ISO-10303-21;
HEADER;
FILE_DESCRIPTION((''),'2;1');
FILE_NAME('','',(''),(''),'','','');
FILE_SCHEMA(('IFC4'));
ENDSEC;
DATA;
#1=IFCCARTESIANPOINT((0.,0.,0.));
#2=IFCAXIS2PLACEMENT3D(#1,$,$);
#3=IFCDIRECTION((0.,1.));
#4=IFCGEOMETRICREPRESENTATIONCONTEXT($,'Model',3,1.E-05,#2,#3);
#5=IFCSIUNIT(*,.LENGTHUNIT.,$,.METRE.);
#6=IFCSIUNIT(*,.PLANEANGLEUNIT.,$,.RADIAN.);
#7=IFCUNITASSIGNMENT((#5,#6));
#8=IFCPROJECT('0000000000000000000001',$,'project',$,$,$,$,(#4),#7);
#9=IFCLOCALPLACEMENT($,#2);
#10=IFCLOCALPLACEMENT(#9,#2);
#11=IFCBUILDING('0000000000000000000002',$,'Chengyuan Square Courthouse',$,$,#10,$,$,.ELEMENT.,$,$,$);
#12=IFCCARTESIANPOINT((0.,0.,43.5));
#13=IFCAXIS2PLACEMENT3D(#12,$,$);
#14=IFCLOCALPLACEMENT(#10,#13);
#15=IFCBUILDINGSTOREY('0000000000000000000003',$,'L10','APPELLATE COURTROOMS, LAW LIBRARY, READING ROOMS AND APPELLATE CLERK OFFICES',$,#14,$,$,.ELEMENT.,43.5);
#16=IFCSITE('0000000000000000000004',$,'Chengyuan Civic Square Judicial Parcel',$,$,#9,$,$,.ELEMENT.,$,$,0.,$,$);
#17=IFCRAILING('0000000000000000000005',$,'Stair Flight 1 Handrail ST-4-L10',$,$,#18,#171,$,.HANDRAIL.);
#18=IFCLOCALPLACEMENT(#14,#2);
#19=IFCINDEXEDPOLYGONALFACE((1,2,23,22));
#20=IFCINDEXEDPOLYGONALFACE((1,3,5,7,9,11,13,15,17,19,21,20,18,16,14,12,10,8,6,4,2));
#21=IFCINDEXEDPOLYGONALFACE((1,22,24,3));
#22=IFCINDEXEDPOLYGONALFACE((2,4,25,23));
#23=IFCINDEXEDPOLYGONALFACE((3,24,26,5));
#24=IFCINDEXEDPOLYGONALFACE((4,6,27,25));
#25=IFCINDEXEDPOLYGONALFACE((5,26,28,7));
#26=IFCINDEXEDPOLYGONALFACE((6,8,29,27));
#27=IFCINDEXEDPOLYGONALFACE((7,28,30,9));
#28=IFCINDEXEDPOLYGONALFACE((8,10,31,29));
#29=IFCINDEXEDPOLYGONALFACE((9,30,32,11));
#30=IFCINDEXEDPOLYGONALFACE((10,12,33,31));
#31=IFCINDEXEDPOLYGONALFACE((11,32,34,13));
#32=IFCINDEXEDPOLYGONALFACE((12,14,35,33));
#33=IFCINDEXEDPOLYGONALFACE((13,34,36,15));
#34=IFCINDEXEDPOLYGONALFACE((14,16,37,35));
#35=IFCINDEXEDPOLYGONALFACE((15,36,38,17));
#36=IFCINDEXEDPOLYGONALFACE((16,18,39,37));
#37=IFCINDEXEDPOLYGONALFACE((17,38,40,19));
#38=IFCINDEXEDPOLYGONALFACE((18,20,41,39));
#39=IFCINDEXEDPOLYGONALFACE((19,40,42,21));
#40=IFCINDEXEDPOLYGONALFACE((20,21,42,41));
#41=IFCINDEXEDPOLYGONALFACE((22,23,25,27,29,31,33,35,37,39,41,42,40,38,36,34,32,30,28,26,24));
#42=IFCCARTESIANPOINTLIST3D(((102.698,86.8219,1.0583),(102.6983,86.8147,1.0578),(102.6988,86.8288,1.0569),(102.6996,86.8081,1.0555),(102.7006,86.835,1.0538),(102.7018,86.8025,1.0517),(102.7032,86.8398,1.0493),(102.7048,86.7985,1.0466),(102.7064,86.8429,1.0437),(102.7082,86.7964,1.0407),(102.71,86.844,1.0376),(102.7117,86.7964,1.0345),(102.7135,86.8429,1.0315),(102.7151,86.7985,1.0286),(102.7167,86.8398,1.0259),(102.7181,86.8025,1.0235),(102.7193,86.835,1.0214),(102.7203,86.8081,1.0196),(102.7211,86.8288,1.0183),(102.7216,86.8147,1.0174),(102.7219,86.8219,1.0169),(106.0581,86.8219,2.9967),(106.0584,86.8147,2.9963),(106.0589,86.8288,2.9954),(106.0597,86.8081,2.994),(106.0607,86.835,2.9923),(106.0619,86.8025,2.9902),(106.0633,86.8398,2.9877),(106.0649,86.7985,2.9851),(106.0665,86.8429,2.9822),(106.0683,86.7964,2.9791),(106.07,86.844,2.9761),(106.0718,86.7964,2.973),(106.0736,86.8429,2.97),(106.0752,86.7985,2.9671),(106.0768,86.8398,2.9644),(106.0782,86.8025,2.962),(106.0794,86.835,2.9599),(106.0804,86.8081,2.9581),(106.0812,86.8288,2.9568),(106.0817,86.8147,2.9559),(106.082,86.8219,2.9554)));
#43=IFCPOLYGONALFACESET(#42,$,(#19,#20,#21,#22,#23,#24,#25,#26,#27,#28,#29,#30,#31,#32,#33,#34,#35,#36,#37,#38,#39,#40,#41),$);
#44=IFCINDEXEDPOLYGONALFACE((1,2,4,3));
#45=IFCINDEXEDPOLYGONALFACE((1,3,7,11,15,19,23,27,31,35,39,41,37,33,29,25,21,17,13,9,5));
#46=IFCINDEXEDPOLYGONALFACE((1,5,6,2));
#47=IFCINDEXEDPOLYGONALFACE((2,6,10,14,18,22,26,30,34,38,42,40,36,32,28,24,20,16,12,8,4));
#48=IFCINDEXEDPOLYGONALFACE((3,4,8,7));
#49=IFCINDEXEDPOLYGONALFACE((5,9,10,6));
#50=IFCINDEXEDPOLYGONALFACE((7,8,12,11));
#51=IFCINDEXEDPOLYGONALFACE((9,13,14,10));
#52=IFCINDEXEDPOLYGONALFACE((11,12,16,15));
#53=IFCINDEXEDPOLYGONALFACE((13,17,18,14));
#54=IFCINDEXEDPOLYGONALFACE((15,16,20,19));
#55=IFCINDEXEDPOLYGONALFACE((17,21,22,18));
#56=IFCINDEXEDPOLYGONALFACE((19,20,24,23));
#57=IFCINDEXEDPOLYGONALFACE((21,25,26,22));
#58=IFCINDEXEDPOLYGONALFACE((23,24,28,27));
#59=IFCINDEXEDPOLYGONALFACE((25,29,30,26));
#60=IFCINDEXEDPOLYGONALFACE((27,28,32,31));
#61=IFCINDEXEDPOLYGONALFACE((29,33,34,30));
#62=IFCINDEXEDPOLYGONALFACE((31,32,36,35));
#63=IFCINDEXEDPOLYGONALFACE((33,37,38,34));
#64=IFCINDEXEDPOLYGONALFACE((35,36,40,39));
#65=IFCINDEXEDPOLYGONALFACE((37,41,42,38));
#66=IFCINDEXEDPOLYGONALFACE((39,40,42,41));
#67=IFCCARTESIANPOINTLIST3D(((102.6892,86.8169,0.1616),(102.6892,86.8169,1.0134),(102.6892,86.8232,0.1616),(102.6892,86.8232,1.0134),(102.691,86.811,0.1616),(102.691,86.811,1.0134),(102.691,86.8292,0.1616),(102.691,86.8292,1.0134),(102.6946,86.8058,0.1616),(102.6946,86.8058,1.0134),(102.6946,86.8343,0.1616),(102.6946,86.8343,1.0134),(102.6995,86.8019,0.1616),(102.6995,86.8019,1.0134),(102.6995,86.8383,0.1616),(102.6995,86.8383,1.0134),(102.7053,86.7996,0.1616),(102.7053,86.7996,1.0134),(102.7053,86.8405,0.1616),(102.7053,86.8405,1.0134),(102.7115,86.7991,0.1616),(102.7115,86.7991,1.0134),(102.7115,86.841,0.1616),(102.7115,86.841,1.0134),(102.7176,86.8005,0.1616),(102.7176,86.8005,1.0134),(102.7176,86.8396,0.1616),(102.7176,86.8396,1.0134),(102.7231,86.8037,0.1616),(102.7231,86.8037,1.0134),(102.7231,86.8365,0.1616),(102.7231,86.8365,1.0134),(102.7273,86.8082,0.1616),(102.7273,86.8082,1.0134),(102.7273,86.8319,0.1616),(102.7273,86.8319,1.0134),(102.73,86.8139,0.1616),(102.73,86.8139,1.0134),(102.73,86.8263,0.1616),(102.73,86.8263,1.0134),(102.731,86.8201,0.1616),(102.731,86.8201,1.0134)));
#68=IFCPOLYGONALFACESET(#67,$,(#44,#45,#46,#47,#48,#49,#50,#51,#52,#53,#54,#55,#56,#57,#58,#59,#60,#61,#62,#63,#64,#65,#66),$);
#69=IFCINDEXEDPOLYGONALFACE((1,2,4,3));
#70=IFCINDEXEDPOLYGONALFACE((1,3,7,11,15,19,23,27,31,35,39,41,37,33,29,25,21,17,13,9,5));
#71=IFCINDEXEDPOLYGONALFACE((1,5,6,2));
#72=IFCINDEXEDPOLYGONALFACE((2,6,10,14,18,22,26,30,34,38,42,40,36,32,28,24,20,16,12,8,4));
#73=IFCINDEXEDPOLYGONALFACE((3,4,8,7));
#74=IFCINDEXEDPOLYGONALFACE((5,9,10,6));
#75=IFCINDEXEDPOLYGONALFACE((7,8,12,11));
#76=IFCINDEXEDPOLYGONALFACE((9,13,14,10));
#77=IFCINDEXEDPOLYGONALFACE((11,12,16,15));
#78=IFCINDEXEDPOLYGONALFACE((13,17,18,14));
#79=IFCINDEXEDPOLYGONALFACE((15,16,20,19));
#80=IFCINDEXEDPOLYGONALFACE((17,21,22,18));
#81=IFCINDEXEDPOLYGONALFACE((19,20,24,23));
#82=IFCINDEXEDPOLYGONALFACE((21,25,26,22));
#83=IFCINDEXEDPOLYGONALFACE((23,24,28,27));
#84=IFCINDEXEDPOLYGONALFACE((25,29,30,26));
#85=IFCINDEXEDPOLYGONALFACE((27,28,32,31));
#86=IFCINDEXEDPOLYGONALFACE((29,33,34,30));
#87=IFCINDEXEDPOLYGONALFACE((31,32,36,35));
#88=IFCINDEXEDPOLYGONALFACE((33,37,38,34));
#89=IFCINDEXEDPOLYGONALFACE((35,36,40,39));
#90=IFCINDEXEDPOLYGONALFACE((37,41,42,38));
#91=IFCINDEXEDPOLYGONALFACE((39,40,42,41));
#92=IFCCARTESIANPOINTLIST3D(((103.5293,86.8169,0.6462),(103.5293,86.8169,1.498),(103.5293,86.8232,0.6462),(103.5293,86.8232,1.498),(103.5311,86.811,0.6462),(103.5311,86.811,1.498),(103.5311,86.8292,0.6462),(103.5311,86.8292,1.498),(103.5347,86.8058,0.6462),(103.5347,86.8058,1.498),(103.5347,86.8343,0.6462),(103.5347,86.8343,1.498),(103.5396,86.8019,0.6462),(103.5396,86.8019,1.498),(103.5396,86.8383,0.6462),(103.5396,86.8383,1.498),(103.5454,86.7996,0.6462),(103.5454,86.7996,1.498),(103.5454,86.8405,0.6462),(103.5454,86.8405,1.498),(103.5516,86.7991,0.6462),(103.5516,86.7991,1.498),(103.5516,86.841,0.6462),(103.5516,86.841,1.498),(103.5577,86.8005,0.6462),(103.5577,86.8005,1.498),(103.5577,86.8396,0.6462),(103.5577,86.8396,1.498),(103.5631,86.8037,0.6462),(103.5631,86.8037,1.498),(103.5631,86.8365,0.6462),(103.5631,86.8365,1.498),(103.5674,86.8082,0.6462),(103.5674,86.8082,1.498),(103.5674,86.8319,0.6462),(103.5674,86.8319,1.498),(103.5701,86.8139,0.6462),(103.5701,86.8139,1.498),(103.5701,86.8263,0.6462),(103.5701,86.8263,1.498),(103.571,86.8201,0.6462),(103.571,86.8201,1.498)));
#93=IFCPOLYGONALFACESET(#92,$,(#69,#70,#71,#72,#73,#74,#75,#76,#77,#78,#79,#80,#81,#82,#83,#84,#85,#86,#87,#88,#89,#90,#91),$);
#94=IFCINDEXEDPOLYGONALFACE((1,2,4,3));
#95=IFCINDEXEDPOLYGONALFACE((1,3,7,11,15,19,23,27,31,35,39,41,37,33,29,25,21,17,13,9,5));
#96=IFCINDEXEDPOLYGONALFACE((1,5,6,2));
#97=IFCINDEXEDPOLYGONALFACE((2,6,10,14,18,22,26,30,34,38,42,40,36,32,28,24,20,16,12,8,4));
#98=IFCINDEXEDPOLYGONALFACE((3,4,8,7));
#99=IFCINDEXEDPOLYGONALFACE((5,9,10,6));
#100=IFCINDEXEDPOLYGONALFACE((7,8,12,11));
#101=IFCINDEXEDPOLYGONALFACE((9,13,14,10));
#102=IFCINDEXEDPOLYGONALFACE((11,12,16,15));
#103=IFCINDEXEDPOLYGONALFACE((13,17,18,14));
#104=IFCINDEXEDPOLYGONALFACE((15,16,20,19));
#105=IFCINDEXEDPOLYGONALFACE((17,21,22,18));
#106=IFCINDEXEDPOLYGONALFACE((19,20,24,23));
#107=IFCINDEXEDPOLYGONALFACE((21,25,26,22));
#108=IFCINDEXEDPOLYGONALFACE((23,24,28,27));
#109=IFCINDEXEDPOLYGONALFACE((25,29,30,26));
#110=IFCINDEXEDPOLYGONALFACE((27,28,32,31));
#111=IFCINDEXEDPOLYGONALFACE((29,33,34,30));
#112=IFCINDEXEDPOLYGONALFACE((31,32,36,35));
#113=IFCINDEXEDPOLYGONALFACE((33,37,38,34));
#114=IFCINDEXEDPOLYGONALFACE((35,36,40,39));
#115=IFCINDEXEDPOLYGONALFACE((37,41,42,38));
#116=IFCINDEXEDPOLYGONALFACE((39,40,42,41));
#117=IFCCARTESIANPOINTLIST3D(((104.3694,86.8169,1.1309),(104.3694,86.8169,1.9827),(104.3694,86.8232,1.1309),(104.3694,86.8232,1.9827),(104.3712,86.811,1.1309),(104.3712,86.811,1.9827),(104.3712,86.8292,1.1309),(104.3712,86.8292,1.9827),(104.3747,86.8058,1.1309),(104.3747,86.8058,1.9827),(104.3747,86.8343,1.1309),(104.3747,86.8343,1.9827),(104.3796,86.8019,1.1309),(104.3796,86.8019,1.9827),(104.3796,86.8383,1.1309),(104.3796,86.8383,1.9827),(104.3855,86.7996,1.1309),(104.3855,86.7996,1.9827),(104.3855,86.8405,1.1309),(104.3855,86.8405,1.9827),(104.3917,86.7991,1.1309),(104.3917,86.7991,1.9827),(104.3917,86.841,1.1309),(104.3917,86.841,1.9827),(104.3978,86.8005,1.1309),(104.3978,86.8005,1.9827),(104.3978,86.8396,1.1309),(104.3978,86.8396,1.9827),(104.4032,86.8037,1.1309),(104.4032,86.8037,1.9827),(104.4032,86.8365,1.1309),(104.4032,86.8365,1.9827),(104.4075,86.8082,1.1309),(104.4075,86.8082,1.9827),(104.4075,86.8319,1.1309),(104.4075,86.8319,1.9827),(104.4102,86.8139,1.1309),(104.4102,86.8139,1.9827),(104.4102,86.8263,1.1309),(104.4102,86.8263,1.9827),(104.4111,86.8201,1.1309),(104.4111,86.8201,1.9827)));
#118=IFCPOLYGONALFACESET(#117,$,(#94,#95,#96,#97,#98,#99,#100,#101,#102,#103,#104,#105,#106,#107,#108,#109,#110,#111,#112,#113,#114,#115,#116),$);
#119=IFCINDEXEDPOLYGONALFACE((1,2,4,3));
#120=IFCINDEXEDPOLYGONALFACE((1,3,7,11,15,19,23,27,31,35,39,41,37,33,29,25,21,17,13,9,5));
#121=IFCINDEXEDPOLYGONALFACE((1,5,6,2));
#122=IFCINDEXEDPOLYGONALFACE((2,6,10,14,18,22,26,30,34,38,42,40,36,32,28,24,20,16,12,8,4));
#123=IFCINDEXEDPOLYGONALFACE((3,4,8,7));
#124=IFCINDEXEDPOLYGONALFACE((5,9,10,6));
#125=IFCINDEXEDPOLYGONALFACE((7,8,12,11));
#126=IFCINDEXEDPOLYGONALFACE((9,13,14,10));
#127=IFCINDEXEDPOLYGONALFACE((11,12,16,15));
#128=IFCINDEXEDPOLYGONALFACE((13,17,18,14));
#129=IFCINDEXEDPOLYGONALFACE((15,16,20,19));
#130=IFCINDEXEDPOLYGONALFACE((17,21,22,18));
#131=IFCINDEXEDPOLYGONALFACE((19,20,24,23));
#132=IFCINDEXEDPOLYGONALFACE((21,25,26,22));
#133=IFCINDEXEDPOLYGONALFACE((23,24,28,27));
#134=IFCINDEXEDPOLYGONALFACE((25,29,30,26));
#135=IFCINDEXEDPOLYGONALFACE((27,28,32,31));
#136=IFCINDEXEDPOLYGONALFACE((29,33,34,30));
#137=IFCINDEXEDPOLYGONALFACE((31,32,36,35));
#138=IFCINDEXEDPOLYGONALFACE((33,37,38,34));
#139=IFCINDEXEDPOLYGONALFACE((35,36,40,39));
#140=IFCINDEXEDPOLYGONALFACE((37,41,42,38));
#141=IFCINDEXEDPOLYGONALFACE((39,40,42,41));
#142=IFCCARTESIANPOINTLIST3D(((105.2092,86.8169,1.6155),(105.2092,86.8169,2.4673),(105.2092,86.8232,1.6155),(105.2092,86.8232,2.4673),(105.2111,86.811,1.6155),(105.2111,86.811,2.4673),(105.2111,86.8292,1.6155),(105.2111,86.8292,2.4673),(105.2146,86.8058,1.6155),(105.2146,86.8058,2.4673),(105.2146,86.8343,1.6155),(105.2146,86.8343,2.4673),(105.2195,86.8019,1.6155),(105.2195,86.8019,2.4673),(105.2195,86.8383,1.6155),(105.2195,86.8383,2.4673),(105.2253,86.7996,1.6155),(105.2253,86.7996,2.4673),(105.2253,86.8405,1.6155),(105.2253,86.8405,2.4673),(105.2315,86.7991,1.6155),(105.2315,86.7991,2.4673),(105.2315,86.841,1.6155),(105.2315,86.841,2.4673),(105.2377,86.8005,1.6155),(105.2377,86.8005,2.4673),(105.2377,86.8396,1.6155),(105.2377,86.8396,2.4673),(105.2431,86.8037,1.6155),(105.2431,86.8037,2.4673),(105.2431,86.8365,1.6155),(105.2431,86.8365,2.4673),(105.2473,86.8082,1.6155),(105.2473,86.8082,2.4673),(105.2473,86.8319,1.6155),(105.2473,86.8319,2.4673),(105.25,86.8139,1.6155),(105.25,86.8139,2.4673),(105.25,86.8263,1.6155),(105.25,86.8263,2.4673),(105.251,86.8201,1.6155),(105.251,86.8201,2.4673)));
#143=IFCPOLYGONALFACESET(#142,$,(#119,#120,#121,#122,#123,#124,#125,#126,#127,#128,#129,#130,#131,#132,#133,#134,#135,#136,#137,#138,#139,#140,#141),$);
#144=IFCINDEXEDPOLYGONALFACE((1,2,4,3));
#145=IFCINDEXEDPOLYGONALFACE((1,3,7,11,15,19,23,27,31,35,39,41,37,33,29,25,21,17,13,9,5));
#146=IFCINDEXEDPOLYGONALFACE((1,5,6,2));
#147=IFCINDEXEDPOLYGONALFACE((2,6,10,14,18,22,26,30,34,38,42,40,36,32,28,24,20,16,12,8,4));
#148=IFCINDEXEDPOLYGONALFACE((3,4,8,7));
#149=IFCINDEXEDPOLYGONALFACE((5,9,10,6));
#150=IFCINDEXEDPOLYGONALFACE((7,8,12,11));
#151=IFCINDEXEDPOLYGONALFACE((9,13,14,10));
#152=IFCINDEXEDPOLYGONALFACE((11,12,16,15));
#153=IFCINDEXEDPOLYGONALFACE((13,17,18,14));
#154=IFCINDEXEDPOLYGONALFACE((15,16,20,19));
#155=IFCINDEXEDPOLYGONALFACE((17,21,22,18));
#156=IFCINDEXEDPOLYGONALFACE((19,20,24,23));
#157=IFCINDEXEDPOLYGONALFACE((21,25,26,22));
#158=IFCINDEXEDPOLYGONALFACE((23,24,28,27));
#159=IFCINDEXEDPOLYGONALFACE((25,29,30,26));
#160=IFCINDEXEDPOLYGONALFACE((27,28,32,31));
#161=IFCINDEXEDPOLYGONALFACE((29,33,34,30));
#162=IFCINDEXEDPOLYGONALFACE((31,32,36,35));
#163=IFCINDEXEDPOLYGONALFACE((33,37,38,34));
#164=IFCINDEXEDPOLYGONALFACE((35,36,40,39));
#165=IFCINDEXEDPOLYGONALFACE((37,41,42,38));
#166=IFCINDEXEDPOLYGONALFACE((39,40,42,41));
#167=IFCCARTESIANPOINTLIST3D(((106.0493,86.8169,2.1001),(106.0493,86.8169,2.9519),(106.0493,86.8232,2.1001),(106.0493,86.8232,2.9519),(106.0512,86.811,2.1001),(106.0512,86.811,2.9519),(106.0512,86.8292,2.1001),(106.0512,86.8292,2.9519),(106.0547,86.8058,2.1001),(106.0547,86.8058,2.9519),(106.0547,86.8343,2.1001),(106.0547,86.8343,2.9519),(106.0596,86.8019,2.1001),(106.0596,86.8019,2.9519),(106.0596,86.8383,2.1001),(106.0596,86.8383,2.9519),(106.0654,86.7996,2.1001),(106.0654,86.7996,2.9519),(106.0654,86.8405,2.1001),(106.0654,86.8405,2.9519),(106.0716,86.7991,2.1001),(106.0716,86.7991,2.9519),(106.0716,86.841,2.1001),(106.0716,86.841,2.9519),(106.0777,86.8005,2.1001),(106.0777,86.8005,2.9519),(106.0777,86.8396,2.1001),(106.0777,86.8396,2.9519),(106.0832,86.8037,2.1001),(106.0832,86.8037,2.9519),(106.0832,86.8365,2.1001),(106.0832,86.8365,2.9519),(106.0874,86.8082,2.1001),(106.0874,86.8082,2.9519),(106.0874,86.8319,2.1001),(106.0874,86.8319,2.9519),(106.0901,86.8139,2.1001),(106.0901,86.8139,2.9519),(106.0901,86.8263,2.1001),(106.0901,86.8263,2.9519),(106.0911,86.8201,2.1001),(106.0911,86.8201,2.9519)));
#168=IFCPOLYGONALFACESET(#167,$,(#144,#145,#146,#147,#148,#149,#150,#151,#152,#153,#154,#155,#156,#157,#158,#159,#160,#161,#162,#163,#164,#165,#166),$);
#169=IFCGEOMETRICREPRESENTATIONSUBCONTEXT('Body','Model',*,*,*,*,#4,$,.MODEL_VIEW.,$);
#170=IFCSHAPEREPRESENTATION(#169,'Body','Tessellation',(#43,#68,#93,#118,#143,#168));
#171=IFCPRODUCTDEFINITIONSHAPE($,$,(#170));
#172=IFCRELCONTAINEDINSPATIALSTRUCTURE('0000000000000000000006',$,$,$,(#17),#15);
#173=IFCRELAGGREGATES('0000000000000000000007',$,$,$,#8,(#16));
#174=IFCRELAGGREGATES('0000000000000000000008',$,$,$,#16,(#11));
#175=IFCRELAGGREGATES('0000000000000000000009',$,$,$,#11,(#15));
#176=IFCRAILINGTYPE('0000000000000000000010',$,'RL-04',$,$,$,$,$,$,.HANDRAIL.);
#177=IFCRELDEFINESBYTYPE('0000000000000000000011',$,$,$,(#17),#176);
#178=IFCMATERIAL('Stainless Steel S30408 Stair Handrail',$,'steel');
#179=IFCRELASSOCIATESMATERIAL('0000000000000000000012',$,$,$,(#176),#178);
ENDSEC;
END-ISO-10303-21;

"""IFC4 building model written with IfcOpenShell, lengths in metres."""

from ifc_helpers import new_model, si_unit, direction, frame, origin, origin_2d, place, context, subcontext, project, spatial, circle, extrude, material, type_object, element, save


model = new_model("IFC4")

# Units and contexts
model_context = context("Model", 3, precision=1e-05, world=origin(), true_north=direction((0.0, 1.0)))
body_context = subcontext(model_context, "Body", "Model", "MODEL_VIEW")
ifc_project = project(units=[si_unit("LENGTHUNIT", "METRE"), si_unit("PLANEANGLEUNIT", "RADIAN")], contexts=[model_context])

# Site, building, storey
site_placement = place(None, origin())
site = spatial("IfcSite", under=ifc_project, at=site_placement, Name="Chengyuan Civic Square Judicial Parcel", CompositionType="ELEMENT", RefElevation=0.0)
building_placement = place(site_placement, origin())
building = spatial("IfcBuilding", under=site, at=building_placement, Name="Chengyuan Square Courthouse", CompositionType="ELEMENT")
storey_placement = place(building_placement, frame((0.0, 0.0, 43.5)))
storey = spatial("IfcBuildingStorey", under=building, at=storey_placement, Name="L10", Description="APPELLATE COURTROOMS, LAW LIBRARY, READING ROOMS AND APPELLATE CLERK OFFICES", CompositionType="ELEMENT", Elevation=43.5)

# Railing
ifc_material_1 = material(Name="Stainless Steel S30408 Stair Handrail", Category="steel")
railing_type_1 = type_object("IfcRailingType", Name="RL-04", PredefinedType="HANDRAIL", material=ifc_material_1)
railing_1_placement = place(storey_placement, frame((102.71, 86.8201, 0.1616)))
element("IfcRailing", 1, at=railing_1_placement, inside=storey, type_object=railing_type_1, Name="Stair Flight 1 Handrail ST-4-L10", PredefinedType="HANDRAIL", context=body_context, shape_type="SweptSolid", body=[
    extrude(circle(Radius=0.0239, at=origin_2d()), frame((0.0, 0.0, 0.876), z_axis=(0.866191, 0.0, 0.499713), x_axis=(0.0, 1.0, 0.0)), (0.0, 0.0, 1.0), 3.8792),
    extrude(circle(Radius=0.021, at=origin_2d()), origin(), (0.0, 0.0, 1.0), 0.8518),
    extrude(circle(Radius=0.021, at=origin_2d()), frame((0.8401, 0.0, 0.4846)), (0.0, 0.0, 1.0), 0.8518),
    extrude(circle(Radius=0.021, at=origin_2d()), frame((1.6802, 0.0, 0.9692)), (0.0, 0.0, 1.0), 0.8518),
    extrude(circle(Radius=0.021, at=origin_2d()), frame((2.52, 0.0, 1.4539)), (0.0, 0.0, 1.0), 0.8518),
    extrude(circle(Radius=0.021, at=origin_2d()), frame((3.3601, 0.0, 1.9385)), (0.0, 0.0, 1.0), 0.8518),
])

save(model, "model.ifc")
